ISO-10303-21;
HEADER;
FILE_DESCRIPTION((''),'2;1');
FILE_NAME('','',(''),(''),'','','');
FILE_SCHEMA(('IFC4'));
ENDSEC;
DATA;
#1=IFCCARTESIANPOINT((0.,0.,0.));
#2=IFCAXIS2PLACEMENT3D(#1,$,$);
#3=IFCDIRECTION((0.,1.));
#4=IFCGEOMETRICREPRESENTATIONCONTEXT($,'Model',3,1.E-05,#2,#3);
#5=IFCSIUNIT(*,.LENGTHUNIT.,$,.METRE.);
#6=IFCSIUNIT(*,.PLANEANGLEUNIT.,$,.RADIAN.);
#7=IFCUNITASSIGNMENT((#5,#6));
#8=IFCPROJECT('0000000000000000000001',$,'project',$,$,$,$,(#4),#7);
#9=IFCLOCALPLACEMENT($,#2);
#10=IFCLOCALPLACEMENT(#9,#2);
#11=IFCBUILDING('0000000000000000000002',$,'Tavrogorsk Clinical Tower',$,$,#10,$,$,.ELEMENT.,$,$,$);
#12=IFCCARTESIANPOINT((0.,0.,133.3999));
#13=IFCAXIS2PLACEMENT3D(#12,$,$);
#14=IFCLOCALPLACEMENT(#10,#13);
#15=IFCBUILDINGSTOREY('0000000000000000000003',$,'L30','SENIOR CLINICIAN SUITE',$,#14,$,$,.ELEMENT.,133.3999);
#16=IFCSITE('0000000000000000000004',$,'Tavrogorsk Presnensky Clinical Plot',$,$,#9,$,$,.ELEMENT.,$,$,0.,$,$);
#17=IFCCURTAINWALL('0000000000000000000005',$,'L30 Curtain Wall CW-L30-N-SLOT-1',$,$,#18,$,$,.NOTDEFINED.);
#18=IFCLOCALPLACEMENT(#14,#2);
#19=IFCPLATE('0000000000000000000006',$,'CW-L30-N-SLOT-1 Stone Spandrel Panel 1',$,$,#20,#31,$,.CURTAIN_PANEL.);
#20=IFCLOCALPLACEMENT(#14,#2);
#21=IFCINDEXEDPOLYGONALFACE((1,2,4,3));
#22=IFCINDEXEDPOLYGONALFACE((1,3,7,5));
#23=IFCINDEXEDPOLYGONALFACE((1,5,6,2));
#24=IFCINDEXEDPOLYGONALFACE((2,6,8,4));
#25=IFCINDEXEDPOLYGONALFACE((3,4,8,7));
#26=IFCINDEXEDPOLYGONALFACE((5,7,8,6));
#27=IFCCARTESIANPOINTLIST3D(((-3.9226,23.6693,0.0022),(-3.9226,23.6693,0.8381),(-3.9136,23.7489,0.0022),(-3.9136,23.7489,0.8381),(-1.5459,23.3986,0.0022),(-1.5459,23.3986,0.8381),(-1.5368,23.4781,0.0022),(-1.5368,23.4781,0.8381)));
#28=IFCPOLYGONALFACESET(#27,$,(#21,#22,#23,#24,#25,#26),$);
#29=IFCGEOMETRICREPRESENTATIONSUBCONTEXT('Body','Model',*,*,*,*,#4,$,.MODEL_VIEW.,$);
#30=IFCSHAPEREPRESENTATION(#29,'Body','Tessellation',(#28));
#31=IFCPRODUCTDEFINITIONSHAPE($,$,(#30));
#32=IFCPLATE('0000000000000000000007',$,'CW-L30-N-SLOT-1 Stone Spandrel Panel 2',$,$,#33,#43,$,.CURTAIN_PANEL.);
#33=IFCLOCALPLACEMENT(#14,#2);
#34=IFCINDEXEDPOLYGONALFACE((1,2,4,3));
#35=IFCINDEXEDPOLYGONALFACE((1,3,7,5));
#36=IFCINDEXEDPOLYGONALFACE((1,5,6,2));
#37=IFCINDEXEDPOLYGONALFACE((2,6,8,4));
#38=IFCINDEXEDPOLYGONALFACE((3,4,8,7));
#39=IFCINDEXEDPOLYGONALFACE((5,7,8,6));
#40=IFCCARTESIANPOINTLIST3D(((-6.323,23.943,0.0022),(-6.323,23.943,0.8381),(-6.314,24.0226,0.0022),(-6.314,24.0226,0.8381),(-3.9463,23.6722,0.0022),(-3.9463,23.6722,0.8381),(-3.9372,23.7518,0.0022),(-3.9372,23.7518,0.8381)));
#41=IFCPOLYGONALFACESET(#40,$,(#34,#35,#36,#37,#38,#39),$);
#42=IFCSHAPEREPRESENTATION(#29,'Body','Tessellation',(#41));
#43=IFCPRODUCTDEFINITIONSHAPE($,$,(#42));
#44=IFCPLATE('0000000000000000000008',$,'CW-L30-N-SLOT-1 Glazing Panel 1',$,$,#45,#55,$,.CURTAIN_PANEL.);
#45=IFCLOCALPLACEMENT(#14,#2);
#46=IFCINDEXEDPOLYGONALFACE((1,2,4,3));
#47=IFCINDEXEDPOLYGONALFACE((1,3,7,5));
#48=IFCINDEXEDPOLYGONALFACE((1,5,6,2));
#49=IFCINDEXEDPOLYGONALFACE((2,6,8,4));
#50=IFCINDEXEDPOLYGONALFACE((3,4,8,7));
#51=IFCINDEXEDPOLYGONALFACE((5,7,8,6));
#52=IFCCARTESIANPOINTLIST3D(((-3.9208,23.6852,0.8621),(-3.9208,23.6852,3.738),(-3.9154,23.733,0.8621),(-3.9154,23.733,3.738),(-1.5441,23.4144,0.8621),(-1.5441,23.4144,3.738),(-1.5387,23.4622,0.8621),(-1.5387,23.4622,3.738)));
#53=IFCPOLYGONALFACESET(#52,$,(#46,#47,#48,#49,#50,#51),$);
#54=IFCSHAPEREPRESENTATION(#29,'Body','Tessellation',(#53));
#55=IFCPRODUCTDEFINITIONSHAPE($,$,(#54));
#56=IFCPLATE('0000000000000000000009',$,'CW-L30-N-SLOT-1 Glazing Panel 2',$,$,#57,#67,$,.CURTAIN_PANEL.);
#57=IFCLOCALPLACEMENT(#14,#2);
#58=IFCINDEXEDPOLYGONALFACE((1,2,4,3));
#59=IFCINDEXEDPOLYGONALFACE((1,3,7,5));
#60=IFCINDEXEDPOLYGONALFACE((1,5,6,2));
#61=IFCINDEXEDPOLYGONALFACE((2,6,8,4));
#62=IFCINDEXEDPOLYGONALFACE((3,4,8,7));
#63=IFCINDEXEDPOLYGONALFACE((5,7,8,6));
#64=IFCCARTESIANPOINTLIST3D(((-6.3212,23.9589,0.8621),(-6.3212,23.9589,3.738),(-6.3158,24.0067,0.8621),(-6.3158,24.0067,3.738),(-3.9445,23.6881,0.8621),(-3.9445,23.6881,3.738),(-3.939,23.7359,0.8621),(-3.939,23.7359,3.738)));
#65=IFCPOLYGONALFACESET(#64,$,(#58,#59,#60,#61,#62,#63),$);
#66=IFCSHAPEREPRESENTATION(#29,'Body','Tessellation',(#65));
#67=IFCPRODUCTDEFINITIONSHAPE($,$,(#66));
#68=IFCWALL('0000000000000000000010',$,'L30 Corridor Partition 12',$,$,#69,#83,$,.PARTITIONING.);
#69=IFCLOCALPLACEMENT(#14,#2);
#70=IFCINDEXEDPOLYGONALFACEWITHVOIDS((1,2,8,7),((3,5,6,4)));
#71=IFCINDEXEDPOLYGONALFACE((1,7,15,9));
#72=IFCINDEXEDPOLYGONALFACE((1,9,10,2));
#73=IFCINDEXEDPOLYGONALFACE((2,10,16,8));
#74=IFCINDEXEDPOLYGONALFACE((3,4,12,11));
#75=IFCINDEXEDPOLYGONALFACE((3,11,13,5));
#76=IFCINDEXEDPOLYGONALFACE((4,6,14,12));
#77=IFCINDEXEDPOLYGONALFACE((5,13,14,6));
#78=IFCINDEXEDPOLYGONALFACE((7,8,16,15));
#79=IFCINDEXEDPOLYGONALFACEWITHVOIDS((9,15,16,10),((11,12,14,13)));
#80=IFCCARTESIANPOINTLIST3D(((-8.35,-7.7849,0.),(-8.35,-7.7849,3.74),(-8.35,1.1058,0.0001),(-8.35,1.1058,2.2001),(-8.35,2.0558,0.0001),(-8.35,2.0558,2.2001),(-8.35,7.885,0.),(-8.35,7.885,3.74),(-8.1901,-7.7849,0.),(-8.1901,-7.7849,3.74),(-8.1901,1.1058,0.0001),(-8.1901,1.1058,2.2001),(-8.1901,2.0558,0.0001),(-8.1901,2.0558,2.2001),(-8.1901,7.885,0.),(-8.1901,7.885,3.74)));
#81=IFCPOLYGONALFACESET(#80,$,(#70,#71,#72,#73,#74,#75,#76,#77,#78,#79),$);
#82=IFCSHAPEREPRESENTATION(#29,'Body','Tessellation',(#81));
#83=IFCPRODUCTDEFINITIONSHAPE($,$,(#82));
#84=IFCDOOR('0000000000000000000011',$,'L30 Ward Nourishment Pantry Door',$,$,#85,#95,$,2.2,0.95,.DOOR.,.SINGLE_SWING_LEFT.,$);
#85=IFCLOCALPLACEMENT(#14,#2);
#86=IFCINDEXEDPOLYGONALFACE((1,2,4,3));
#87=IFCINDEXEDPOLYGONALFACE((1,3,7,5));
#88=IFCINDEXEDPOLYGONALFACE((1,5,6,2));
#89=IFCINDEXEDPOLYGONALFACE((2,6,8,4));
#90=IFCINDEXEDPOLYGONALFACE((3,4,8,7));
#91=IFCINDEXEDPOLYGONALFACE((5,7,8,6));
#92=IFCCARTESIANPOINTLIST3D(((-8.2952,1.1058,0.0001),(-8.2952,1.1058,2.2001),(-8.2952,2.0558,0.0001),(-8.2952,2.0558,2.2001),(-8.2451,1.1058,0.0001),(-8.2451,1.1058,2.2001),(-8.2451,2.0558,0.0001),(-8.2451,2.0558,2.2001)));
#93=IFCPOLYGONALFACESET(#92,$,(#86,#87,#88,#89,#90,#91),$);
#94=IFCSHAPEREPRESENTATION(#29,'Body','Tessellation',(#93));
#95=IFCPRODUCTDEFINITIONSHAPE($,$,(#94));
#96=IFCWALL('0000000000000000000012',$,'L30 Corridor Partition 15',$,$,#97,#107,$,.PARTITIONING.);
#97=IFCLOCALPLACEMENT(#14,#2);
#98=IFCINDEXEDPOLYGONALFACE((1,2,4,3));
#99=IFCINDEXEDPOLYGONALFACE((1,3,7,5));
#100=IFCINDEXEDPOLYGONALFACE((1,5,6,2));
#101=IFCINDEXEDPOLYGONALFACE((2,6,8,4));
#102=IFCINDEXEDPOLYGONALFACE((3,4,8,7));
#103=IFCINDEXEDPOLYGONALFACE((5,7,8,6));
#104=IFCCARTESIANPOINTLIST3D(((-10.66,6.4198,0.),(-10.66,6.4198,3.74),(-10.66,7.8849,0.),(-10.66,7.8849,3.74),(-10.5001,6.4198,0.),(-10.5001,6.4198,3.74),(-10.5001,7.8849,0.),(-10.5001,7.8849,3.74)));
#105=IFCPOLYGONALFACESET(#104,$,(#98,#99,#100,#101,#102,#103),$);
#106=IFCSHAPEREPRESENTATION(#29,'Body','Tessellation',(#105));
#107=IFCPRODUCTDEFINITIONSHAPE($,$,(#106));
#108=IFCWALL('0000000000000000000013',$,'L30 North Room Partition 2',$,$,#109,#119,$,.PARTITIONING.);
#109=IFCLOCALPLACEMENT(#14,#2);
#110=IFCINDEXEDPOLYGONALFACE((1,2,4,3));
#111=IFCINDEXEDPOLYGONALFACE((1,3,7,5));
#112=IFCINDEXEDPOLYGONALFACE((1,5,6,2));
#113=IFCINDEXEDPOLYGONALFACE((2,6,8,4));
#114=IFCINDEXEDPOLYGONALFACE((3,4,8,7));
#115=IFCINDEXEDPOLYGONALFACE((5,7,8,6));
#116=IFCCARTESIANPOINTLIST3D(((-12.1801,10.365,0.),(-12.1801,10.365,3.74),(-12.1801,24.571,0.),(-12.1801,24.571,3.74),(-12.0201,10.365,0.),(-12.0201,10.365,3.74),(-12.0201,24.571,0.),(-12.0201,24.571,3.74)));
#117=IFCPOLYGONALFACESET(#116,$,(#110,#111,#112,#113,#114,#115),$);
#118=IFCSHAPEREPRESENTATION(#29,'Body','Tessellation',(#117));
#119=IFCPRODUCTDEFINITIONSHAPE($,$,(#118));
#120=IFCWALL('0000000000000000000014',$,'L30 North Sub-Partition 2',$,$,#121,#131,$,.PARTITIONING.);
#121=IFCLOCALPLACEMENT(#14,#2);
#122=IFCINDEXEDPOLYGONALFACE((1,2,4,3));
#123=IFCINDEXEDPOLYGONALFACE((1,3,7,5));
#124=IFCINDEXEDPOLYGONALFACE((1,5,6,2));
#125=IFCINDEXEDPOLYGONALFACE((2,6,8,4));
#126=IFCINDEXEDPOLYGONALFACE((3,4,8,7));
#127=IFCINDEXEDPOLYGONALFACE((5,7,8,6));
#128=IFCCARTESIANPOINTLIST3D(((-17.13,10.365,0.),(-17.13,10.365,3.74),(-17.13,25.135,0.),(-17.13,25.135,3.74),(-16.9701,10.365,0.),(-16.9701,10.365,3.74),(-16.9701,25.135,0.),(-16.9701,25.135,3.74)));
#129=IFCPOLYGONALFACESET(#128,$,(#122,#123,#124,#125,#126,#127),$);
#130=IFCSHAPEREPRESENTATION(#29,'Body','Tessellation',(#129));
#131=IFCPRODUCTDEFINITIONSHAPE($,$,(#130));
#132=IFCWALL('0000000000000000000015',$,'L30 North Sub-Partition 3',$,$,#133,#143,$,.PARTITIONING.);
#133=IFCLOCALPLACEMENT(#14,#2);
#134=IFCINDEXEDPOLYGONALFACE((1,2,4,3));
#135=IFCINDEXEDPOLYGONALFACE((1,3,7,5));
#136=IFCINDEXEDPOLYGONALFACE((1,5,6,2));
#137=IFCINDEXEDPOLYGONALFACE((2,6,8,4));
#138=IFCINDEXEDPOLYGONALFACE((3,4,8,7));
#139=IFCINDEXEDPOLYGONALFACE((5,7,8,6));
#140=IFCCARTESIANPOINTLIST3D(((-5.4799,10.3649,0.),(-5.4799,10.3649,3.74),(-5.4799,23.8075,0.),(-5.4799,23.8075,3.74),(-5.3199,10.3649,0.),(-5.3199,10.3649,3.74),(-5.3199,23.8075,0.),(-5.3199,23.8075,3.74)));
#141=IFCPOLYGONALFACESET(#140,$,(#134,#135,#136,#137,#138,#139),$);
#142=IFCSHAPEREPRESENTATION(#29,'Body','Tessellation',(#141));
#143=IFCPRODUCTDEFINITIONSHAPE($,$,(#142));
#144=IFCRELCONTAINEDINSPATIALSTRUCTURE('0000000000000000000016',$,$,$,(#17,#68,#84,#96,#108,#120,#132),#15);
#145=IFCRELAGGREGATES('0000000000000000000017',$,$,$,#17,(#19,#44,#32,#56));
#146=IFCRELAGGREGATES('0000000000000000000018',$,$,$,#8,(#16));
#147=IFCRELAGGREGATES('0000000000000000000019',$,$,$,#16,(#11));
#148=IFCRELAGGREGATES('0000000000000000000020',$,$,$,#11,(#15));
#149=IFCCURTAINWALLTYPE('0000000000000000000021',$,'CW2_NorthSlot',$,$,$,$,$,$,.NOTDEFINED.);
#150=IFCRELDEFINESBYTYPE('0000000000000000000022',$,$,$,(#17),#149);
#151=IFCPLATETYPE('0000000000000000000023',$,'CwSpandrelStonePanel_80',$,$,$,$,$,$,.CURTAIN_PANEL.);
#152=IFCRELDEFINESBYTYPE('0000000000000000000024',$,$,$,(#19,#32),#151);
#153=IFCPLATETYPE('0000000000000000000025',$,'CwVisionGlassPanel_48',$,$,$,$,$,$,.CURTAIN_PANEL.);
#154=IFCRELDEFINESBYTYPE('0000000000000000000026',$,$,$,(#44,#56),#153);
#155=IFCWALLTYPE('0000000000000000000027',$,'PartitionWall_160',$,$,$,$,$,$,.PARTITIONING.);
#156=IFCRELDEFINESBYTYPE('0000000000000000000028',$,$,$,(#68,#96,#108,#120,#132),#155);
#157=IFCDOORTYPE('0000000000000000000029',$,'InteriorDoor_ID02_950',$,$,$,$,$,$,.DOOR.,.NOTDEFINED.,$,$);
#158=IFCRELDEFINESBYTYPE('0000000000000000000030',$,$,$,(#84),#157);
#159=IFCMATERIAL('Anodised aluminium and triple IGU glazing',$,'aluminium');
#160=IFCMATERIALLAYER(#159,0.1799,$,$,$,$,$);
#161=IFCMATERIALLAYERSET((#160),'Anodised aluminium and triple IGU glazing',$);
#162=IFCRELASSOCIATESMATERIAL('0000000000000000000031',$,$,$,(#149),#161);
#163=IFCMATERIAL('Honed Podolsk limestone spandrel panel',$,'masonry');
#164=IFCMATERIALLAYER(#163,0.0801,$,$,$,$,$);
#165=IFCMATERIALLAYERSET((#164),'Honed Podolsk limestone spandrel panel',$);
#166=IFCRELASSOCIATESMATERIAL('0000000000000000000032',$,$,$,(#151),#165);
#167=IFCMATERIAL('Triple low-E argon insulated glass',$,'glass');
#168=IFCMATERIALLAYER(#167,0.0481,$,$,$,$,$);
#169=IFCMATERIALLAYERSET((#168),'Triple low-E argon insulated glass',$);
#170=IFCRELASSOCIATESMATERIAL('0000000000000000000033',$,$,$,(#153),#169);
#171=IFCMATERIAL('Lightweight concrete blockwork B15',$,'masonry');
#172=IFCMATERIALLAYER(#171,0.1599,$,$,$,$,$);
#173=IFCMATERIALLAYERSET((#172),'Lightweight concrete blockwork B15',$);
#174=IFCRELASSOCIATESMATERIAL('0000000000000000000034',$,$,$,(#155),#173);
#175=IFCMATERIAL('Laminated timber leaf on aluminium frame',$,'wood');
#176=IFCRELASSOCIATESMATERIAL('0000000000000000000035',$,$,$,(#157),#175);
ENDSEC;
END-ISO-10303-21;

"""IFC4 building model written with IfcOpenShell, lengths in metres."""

from ifc_helpers import new_model, si_unit, direction, frame, frame_2d, origin, origin_2d, place, context, subcontext, project, spatial, rectangle, extrude, material, layer, layer_set, type_object, element, fill, aggregate, save


model = new_model("IFC4")

# Units and contexts
model_context = context("Model", 3, precision=1e-05, world=origin(), true_north=direction((0.0, 1.0)))
body_context = subcontext(model_context, "Body", "Model", "MODEL_VIEW")
ifc_project = project(units=[si_unit("LENGTHUNIT", "METRE"), si_unit("PLANEANGLEUNIT", "RADIAN")], contexts=[model_context])

# Site, building, storey
site_placement = place(None, origin())
site = spatial("IfcSite", under=ifc_project, at=site_placement, Name="Tavrogorsk Presnensky Clinical Plot", CompositionType="ELEMENT", RefElevation=0.0)
building_placement = place(site_placement, origin())
building = spatial("IfcBuilding", under=site, at=building_placement, Name="Tavrogorsk Clinical Tower", CompositionType="ELEMENT")
storey_placement = place(building_placement, frame((0.0, 0.0, 133.3999)))
storey = spatial("IfcBuildingStorey", under=building, at=storey_placement, Name="L30", Description="SENIOR CLINICIAN SUITE", CompositionType="ELEMENT", Elevation=133.3999)

# Curtain wall
ifc_material_1 = material(Name="Anodised aluminium and triple IGU glazing", Category="aluminium")
ifc_layer_1 = layer(ifc_material_1, 0.1799)
ifc_layer_set_1 = layer_set([ifc_layer_1], Name="Anodised aluminium and triple IGU glazing")
curtain_wall_type = type_object("IfcCurtainWallType", Name="CW2_NorthSlot", PredefinedType="NOTDEFINED", material=ifc_layer_set_1)
curtain_wall_placement = place(storey_placement, origin())
curtain_wall = element("IfcCurtainWall", 1, at=curtain_wall_placement, inside=storey, type_object=curtain_wall_type, Name="L30 Curtain Wall CW-L30-N-SLOT-1", PredefinedType="NOTDEFINED")

# Plates
ifc_material_2 = material(Name="Honed Podolsk limestone spandrel panel", Category="masonry")
ifc_layer_2 = layer(ifc_material_2, 0.0801)
ifc_layer_set_2 = layer_set([ifc_layer_2], Name="Honed Podolsk limestone spandrel panel")
plate_type_1 = type_object("IfcPlateType", Name="CwSpandrelStonePanel_80", PredefinedType="CURTAIN_PANEL", material=ifc_layer_set_2)
plate_1_placement = place(storey_placement, frame((-2.7297, 23.5737, 0.0022), z_axis=(0.0, 0.0, 1.0), x_axis=(-0.993572, 0.113203, 0.0)))
plate_1 = element("IfcPlate", 2, at=plate_1_placement, type_object=plate_type_1, Name="CW-L30-N-SLOT-1 Stone Spandrel Panel 1", PredefinedType="CURTAIN_PANEL", context=body_context, shape_type="SweptSolid", body=[
    extrude(rectangle(XDim=2.3921, YDim=0.0801, at=origin_2d()), origin(), (0.0, 0.0, 1.0), 0.8359),
])
plate_2_placement = place(storey_placement, frame((-5.1301, 23.8474, 0.0022), z_axis=(0.0, 0.0, 1.0), x_axis=(-0.993572, 0.113203, 0.0)))
plate_2 = element("IfcPlate", 3, at=plate_2_placement, type_object=plate_type_1, Name="CW-L30-N-SLOT-1 Stone Spandrel Panel 2", PredefinedType="CURTAIN_PANEL", context=body_context, shape_type="SweptSolid", body=[
    extrude(rectangle(XDim=2.3921, YDim=0.0801, at=origin_2d()), origin(), (0.0, 0.0, 1.0), 0.8359),
])
ifc_material_3 = material(Name="Triple low-E argon insulated glass", Category="glass")
ifc_layer_3 = layer(ifc_material_3, 0.0481)
ifc_layer_set_3 = layer_set([ifc_layer_3], Name="Triple low-E argon insulated glass")
plate_type_2 = type_object("IfcPlateType", Name="CwVisionGlassPanel_48", PredefinedType="CURTAIN_PANEL", material=ifc_layer_set_3)
plate_3_placement = place(storey_placement, frame((-2.7297, 23.5737, 0.8621), z_axis=(0.0, 0.0, 1.0), x_axis=(-0.993572, 0.113203, 0.0)))
plate_3 = element("IfcPlate", 4, at=plate_3_placement, type_object=plate_type_2, Name="CW-L30-N-SLOT-1 Glazing Panel 1", PredefinedType="CURTAIN_PANEL", context=body_context, shape_type="SweptSolid", body=[
    extrude(rectangle(XDim=2.3921, YDim=0.0481, at=origin_2d()), origin(), (0.0, 0.0, 1.0), 2.876),
])
plate_4_placement = place(storey_placement, frame((-5.1301, 23.8474, 0.8621), z_axis=(0.0, 0.0, 1.0), x_axis=(-0.993572, 0.113203, 0.0)))
plate_4 = element("IfcPlate", 5, at=plate_4_placement, type_object=plate_type_2, Name="CW-L30-N-SLOT-1 Glazing Panel 2", PredefinedType="CURTAIN_PANEL", context=body_context, shape_type="SweptSolid", body=[
    extrude(rectangle(XDim=2.3921, YDim=0.0481, at=origin_2d()), origin(), (0.0, 0.0, 1.0), 2.876),
])
aggregate(curtain_wall, [plate_1, plate_3, plate_2, plate_4])

# Wall, opening, door
ifc_material_4 = material(Name="Lightweight concrete blockwork B15", Category="masonry")
ifc_layer_4 = layer(ifc_material_4, 0.1599)
ifc_layer_set_4 = layer_set([ifc_layer_4], Name="Lightweight concrete blockwork B15")
wall_type_1 = type_object("IfcWallType", Name="PartitionWall_160", PredefinedType="PARTITIONING", material=ifc_layer_set_4)
wall_1_placement = place(storey_placement, frame((-8.27, 7.885, 0.0), z_axis=(0.0, 0.0, 1.0), x_axis=(0.0, -1.0, 0.0)))
wall_1 = element("IfcWall", 6, at=wall_1_placement, inside=storey, type_object=wall_type_1, Name="L30 Corridor Partition 12", PredefinedType="PARTITIONING", context=body_context, shape_type="SweptSolid", body=[
    extrude(rectangle(XDim=15.6699, YDim=0.1599, at=frame_2d((7.835, 0.0))), origin(), (0.0, 0.0, 1.0), 3.74),
])
opening_1_placement = place(wall_1_placement, frame((5.8291, 0.0, 0.0)))
opening_1 = element("IfcOpeningElement", 7, at=opening_1_placement, cuts=wall_1, PredefinedType="OPENING", context=body_context, shape_type="SweptSolid", body=[
    extrude(rectangle(XDim=0.95, YDim=2.2, at=frame_2d((0.4751, 1.1001))), frame((0.0, 0.0898, 0.0), z_axis=(0.0, -1.0, 0.0), x_axis=(1.0, 0.0, 0.0)), (0.0, 0.0, 1.0), 0.1799),
])
ifc_material_5 = material(Name="Laminated timber leaf on aluminium frame", Category="wood")
door_type = type_object("IfcDoorType", Name="InteriorDoor_ID02_950", OperationType="NOTDEFINED", PredefinedType="DOOR", material=ifc_material_5)
door_placement = place(opening_1_placement, origin())
door = element("IfcDoor", 8, at=door_placement, inside=storey, type_object=door_type, Name="L30 Ward Nourishment Pantry Door", OperationType="SINGLE_SWING_LEFT", OverallHeight=2.2, OverallWidth=0.95, PredefinedType="DOOR", context=body_context, shape_type="SweptSolid", body=[
    extrude(rectangle(XDim=0.95, YDim=2.2, at=frame_2d((0.4751, 1.1001))), frame((0.0, 0.0249, 0.0), z_axis=(0.0, -1.0, 0.0), x_axis=(1.0, 0.0, 0.0)), (0.0, 0.0, 1.0), 0.05),
])
fill(opening_1, door)

# Walls
wall_2_placement = place(storey_placement, frame((-10.5801, 6.4199, 0.0), z_axis=(0.0, 0.0, 1.0), x_axis=(0.0, 1.0, 0.0)))
element("IfcWall", 9, at=wall_2_placement, inside=storey, type_object=wall_type_1, Name="L30 Corridor Partition 15", PredefinedType="PARTITIONING", context=body_context, shape_type="SweptSolid", body=[
    extrude(rectangle(XDim=1.4651, YDim=0.1599, at=frame_2d((0.7324, 0.0))), origin(), (0.0, 0.0, 1.0), 3.74),
])
wall_3_placement = place(storey_placement, frame((-12.1001, 10.365, 0.0), z_axis=(0.0, 0.0, 1.0), x_axis=(0.0, 1.0, 0.0)))
element("IfcWall", 10, at=wall_3_placement, inside=storey, type_object=wall_type_1, Name="L30 North Room Partition 2", PredefinedType="PARTITIONING", context=body_context, shape_type="SweptSolid", body=[
    extrude(rectangle(XDim=14.2061, YDim=0.1599, at=frame_2d((7.103, 0.0))), origin(), (0.0, 0.0, 1.0), 3.74),
])
wall_4_placement = place(storey_placement, frame((-17.05, 10.365, 0.0), z_axis=(0.0, 0.0, 1.0), x_axis=(0.0, 1.0, 0.0)))
element("IfcWall", 11, at=wall_4_placement, inside=storey, type_object=wall_type_1, Name="L30 North Sub-Partition 2", PredefinedType="PARTITIONING", context=body_context, shape_type="SweptSolid", body=[
    extrude(rectangle(XDim=14.77, YDim=0.1599, at=frame_2d((7.385, 0.0))), origin(), (0.0, 0.0, 1.0), 3.74),
])
wall_5_placement = place(storey_placement, frame((-5.3999, 10.365, 0.0), z_axis=(0.0, 0.0, 1.0), x_axis=(0.0, 1.0, 0.0)))
element("IfcWall", 12, at=wall_5_placement, inside=storey, type_object=wall_type_1, Name="L30 North Sub-Partition 3", PredefinedType="PARTITIONING", context=body_context, shape_type="SweptSolid", body=[
    extrude(rectangle(XDim=13.4426, YDim=0.1599, at=frame_2d((6.7212, 0.0))), origin(), (0.0, 0.0, 1.0), 3.74),
])

save(model, "model.ifc")
